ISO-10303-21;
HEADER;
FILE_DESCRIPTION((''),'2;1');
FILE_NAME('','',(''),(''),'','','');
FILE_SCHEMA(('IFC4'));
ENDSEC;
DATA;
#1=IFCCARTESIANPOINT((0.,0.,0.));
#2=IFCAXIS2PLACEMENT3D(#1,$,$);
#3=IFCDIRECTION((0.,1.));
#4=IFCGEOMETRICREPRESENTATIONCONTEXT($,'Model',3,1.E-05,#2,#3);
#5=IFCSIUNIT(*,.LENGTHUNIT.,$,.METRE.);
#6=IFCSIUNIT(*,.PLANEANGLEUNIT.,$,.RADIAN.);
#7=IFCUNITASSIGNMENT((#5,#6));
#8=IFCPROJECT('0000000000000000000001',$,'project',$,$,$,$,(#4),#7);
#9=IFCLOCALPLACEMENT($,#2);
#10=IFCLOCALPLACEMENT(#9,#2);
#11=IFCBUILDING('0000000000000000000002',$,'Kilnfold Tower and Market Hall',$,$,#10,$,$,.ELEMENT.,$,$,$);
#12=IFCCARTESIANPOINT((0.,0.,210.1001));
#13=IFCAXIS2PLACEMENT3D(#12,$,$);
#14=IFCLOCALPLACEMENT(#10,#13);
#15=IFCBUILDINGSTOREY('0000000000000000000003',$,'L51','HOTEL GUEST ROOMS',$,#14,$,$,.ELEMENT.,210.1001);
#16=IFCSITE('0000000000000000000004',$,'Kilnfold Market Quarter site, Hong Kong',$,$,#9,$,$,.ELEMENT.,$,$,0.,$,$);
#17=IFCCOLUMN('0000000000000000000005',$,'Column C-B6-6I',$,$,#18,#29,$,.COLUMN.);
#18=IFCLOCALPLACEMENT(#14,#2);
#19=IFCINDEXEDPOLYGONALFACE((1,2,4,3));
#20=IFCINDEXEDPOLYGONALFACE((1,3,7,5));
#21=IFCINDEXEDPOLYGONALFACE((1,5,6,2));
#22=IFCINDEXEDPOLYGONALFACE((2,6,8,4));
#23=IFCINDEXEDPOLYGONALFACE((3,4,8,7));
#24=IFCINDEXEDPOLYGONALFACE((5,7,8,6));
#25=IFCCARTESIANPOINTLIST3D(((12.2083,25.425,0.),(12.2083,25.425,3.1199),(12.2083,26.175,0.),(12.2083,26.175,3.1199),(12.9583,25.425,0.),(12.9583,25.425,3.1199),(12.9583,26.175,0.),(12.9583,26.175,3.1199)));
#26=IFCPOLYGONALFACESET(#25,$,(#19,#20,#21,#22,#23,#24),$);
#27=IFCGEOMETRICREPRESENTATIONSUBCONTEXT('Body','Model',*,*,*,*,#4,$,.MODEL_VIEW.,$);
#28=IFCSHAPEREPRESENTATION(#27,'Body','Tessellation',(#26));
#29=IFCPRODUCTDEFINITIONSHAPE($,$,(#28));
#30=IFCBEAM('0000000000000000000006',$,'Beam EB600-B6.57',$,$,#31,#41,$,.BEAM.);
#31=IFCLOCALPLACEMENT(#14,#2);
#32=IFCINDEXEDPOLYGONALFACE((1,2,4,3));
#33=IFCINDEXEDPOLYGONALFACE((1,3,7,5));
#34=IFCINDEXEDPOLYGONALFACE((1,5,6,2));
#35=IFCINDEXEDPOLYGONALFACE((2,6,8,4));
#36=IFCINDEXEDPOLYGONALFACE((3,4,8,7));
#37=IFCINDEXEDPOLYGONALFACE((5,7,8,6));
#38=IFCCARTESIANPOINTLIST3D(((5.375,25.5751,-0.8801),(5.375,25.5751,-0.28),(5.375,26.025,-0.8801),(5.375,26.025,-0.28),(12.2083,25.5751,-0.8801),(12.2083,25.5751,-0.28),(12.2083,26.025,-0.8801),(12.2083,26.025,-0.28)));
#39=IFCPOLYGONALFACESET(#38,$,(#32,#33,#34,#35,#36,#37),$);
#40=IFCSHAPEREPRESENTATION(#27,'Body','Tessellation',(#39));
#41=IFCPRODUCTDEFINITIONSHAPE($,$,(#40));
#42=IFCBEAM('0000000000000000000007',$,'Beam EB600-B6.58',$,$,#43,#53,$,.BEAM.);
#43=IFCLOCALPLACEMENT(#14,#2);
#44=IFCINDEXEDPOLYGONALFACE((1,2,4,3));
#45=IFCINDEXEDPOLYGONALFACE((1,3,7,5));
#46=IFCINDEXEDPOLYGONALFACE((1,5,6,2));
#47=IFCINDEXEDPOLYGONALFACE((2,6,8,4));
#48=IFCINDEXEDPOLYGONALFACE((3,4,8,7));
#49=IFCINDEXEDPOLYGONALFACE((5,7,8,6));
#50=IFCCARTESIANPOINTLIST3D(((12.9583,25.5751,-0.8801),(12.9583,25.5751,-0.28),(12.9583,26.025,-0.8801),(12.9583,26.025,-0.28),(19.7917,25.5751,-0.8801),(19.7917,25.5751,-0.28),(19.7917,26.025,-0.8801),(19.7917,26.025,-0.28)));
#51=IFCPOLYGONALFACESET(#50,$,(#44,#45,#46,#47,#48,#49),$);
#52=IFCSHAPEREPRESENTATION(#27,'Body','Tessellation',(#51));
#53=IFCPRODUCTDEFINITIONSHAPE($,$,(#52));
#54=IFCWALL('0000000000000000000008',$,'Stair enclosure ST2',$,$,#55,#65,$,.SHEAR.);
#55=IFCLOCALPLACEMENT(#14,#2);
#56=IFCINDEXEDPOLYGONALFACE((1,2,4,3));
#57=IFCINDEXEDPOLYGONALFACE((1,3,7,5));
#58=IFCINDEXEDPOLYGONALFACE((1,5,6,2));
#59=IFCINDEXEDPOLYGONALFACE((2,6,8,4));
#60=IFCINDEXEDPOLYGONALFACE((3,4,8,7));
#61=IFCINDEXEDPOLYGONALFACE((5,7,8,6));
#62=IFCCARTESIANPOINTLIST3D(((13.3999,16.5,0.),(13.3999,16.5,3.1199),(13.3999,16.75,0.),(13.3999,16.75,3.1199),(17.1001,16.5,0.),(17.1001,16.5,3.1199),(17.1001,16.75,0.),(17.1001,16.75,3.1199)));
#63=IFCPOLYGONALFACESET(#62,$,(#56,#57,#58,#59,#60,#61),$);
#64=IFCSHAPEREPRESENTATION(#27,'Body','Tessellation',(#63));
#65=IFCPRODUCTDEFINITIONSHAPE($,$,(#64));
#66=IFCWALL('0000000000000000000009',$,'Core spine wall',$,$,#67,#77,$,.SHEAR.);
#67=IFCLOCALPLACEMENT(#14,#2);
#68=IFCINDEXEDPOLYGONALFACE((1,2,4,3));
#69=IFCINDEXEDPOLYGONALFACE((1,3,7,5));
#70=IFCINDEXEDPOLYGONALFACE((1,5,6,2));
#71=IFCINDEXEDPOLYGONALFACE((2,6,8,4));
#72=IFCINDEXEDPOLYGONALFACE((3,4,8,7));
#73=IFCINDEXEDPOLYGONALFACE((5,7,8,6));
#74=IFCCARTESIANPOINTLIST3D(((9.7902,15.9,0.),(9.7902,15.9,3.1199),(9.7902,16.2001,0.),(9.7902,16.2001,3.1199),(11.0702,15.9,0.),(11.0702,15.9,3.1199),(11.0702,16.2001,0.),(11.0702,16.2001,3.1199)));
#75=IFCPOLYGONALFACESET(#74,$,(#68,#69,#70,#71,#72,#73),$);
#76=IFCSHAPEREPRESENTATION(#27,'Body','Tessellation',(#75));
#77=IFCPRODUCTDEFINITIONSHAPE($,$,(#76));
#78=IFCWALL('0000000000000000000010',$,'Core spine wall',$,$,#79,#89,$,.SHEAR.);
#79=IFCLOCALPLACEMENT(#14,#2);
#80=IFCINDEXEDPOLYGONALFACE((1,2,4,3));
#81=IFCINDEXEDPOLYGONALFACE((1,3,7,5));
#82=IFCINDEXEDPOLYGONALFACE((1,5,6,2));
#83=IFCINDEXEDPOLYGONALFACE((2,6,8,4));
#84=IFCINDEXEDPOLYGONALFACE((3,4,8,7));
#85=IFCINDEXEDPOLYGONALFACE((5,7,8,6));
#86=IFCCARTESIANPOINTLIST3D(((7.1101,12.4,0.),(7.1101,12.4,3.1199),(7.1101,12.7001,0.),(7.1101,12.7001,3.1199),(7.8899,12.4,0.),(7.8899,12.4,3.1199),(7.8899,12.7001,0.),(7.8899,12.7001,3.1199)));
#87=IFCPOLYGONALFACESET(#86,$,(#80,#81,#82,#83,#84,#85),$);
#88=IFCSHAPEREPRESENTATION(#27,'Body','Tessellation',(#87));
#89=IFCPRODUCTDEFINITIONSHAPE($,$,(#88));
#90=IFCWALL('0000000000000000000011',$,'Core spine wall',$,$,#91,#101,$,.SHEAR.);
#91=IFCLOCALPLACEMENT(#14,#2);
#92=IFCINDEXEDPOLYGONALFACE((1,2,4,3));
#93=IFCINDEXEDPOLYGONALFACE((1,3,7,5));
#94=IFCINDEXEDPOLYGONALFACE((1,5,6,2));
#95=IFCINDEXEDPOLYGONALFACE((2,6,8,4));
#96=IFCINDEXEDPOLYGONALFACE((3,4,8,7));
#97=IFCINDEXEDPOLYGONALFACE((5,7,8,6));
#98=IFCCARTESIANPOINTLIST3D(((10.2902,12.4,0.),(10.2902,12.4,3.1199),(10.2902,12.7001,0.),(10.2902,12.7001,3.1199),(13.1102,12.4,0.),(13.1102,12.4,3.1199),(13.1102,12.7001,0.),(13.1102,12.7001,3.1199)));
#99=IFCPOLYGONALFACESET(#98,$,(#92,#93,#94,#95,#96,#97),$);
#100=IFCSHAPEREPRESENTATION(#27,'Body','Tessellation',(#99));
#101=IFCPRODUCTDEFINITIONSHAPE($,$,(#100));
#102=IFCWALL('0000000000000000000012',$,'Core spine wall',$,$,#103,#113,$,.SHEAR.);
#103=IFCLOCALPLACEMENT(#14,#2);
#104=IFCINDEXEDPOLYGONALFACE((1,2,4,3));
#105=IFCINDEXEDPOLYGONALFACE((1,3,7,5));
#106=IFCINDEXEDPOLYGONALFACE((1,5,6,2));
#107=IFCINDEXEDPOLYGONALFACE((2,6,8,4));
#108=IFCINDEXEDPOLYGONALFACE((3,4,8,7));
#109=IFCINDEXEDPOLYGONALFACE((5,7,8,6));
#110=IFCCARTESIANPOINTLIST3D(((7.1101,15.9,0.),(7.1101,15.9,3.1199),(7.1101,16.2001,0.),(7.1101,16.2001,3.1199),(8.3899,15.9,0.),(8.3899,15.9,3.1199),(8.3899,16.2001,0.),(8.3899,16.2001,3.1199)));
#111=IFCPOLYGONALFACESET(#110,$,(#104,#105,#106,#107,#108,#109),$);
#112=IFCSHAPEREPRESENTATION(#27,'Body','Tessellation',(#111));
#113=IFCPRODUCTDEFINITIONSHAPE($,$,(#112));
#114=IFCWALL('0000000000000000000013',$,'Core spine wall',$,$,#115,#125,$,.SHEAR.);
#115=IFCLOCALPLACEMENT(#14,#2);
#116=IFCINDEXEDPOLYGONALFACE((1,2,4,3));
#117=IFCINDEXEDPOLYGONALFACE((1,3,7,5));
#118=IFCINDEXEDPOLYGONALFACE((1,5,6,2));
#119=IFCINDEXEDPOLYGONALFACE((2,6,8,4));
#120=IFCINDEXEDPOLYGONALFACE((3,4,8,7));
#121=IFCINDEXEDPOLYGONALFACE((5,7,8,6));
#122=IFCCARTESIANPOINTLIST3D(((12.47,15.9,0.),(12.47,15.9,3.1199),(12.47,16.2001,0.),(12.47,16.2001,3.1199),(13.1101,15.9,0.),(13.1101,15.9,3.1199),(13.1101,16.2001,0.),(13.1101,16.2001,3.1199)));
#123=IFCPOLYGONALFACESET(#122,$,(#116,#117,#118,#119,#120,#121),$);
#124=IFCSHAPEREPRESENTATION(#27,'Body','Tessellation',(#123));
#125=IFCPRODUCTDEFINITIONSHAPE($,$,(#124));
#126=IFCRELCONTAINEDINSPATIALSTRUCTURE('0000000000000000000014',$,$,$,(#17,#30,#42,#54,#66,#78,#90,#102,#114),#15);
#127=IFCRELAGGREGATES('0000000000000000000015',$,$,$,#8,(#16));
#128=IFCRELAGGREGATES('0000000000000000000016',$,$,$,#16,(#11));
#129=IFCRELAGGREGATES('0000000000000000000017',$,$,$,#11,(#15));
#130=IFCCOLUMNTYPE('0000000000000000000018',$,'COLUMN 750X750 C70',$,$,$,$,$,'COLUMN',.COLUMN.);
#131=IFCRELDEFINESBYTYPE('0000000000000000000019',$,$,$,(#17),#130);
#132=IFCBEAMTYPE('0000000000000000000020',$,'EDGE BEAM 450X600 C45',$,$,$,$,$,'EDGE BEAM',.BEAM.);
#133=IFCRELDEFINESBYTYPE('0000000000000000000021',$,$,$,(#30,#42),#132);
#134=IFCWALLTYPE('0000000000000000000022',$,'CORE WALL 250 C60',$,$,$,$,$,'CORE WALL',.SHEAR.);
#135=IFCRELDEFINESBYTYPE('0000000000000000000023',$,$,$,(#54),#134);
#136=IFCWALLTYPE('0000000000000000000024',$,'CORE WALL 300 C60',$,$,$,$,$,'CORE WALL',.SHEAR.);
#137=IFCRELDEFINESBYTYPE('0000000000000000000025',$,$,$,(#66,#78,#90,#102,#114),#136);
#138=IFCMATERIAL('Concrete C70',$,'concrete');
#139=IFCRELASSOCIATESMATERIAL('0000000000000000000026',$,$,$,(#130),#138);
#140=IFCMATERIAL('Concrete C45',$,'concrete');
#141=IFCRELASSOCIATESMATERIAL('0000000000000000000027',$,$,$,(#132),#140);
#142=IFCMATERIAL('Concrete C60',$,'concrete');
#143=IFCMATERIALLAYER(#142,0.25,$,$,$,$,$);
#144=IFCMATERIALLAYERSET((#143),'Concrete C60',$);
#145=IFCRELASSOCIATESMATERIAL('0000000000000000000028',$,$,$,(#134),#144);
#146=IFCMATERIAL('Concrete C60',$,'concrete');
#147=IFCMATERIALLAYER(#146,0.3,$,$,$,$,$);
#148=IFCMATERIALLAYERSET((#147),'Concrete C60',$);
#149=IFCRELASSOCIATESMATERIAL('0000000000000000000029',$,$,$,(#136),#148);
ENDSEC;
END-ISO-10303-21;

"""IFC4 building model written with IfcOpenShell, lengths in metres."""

from ifc_helpers import new_model, si_unit, direction, frame, frame_2d, origin, origin_2d, place, context, subcontext, project, spatial, rectangle, extrude, source, transform, mapped, material, layer, layer_set, material_profile, profile_set, type_object, element, save


model = new_model("IFC4")

# Units and contexts
model_context = context("Model", 3, precision=1e-05, world=origin(), true_north=direction((0.0, 1.0)))
body_context = subcontext(model_context, "Body", "Model", "MODEL_VIEW")
ifc_project = project(units=[si_unit("LENGTHUNIT", "METRE"), si_unit("PLANEANGLEUNIT", "RADIAN")], contexts=[model_context])

# Site, building, storey
site_placement = place(None, origin())
site = spatial("IfcSite", under=ifc_project, at=site_placement, Name="Kilnfold Market Quarter site, Hong Kong", CompositionType="ELEMENT", RefElevation=0.0)
building_placement = place(site_placement, origin())
building = spatial("IfcBuilding", under=site, at=building_placement, Name="Kilnfold Tower and Market Hall", CompositionType="ELEMENT")
storey_placement = place(building_placement, frame((0.0, 0.0, 210.1001)))
storey = spatial("IfcBuildingStorey", under=building, at=storey_placement, Name="L51", Description="HOTEL GUEST ROOMS", CompositionType="ELEMENT", Elevation=210.1001)

# Column
ifc_material_1 = material(Name="Concrete C70", Category="concrete")
ifc_material_profile_1 = material_profile(ifc_material_1, rectangle(XDim=0.75, YDim=0.75, at=origin_2d()), Name="RC 750x750")
ifc_profile_set_1 = profile_set([ifc_material_profile_1], Name="Concrete C70")
column_type = type_object("IfcColumnType", Name="COLUMN 750X750 C70", ElementType="COLUMN", PredefinedType="COLUMN", material=ifc_profile_set_1)
shared_shape_1 = source(origin(), body_context, "Body", "SweptSolid", [
    extrude(rectangle(XDim=0.75, YDim=0.75, at=origin_2d()), origin(), (0.0, 0.0, 1.0), 3.1199),
])
column_placement = place(storey_placement, frame((12.5833, 25.8, 0.0), z_axis=(0.0, 0.0, 1.0), x_axis=(1.0, 0.0, 0.0)))
element("IfcColumn", 1, at=column_placement, inside=storey, type_object=column_type, Name="Column C-B6-6I", PredefinedType="COLUMN", context=body_context, shape_type="MappedRepresentation", body=[
    mapped(shared_shape_1, transform((0.0, 0.0, 0.0))),
])

# Beams
ifc_material_2 = material(Name="Concrete C45", Category="concrete")
ifc_material_profile_2 = material_profile(ifc_material_2, rectangle(XDim=0.45, YDim=0.6001, at=origin_2d()), Name="RC 450x600")
ifc_profile_set_2 = profile_set([ifc_material_profile_2], Name="Concrete C45")
beam_type = type_object("IfcBeamType", Name="EDGE BEAM 450X600 C45", ElementType="EDGE BEAM", PredefinedType="BEAM", material=ifc_profile_set_2)
shared_shape_2 = source(origin(), body_context, "Body", "SweptSolid", [
    extrude(rectangle(XDim=0.45, YDim=0.6001, at=origin_2d()), origin(), (0.0, 0.0, 1.0), 6.8333),
])
beam_1_placement = place(storey_placement, frame((5.375, 25.8, -0.5801), z_axis=(1.0, 0.0, 0.0), x_axis=(0.0, 1.0, 0.0)))
element("IfcBeam", 2, at=beam_1_placement, inside=storey, type_object=beam_type, Name="Beam EB600-B6.57", PredefinedType="BEAM", context=body_context, shape_type="MappedRepresentation", body=[
    mapped(shared_shape_2, transform((0.0, 0.0, 0.0))),
])
shared_shape_3 = source(origin(), body_context, "Body", "SweptSolid", [
    extrude(rectangle(XDim=0.45, YDim=0.6001, at=origin_2d()), origin(), (0.0, 0.0, 1.0), 6.8335),
])
beam_2_placement = place(storey_placement, frame((12.9583, 25.8, -0.5801), z_axis=(1.0, 0.0, 0.0), x_axis=(0.0, 1.0, 0.0)))
element("IfcBeam", 3, at=beam_2_placement, inside=storey, type_object=beam_type, Name="Beam EB600-B6.58", PredefinedType="BEAM", context=body_context, shape_type="MappedRepresentation", body=[
    mapped(shared_shape_3, transform((0.0, 0.0, 0.0))),
])

# Walls
ifc_material_3 = material(Name="Concrete C60", Category="concrete")
ifc_layer_1 = layer(ifc_material_3, 0.25)
ifc_layer_set_1 = layer_set([ifc_layer_1], Name="Concrete C60")
wall_type_1 = type_object("IfcWallType", Name="CORE WALL 250 C60", ElementType="CORE WALL", PredefinedType="SHEAR", material=ifc_layer_set_1)
shared_shape_4 = source(origin(), body_context, "Body", "SweptSolid", [
    extrude(rectangle(XDim=3.7002, YDim=0.25, at=frame_2d((1.8501, 0.0))), origin(), (0.0, 0.0, 1.0), 3.1199),
])
wall_1_placement = place(storey_placement, frame((13.3999, 16.625, 0.0), z_axis=(0.0, 0.0, 1.0), x_axis=(1.0, 0.0, 0.0)))
element("IfcWall", 4, at=wall_1_placement, inside=storey, type_object=wall_type_1, Name="Stair enclosure ST2", PredefinedType="SHEAR", context=body_context, shape_type="MappedRepresentation", body=[
    mapped(shared_shape_4, transform((0.0, 0.0, 0.0))),
])
ifc_material_4 = material(Name="Concrete C60", Category="concrete")
ifc_layer_2 = layer(ifc_material_4, 0.3)
ifc_layer_set_2 = layer_set([ifc_layer_2], Name="Concrete C60")
wall_type_2 = type_object("IfcWallType", Name="CORE WALL 300 C60", ElementType="CORE WALL", PredefinedType="SHEAR", material=ifc_layer_set_2)
shared_shape_5 = source(origin(), body_context, "Body", "SweptSolid", [
    extrude(rectangle(XDim=1.28, YDim=0.3, at=frame_2d((0.6401, 0.0))), origin(), (0.0, 0.0, 1.0), 3.1199),
])
wall_2_placement = place(storey_placement, frame((9.79, 16.05, 0.0), z_axis=(0.0, 0.0, 1.0), x_axis=(1.0, 0.0, 0.0)))
element("IfcWall", 5, at=wall_2_placement, inside=storey, type_object=wall_type_2, Name="Core spine wall", PredefinedType="SHEAR", context=body_context, shape_type="MappedRepresentation", body=[
    mapped(shared_shape_5, transform((0.0, 0.0, 0.0))),
])
shared_shape_6 = source(origin(), body_context, "Body", "SweptSolid", [
    extrude(rectangle(XDim=0.7798, YDim=0.3, at=frame_2d((0.3899, 0.0))), origin(), (0.0, 0.0, 1.0), 3.1199),
])
wall_3_placement = place(storey_placement, frame((7.1101, 12.55, 0.0), z_axis=(0.0, 0.0, 1.0), x_axis=(1.0, 0.0, 0.0)))
element("IfcWall", 6, at=wall_3_placement, inside=storey, type_object=wall_type_2, Name="Core spine wall", PredefinedType="SHEAR", context=body_context, shape_type="MappedRepresentation", body=[
    mapped(shared_shape_6, transform((0.0, 0.0, 0.0))),
])
shared_shape_7 = source(origin(), body_context, "Body", "SweptSolid", [
    extrude(rectangle(XDim=2.8201, YDim=0.3, at=frame_2d((1.4102, 0.0))), origin(), (0.0, 0.0, 1.0), 3.1199),
])
wall_4_placement = place(storey_placement, frame((10.29, 12.55, 0.0), z_axis=(0.0, 0.0, 1.0), x_axis=(1.0, 0.0, 0.0)))
element("IfcWall", 7, at=wall_4_placement, inside=storey, type_object=wall_type_2, Name="Core spine wall", PredefinedType="SHEAR", context=body_context, shape_type="MappedRepresentation", body=[
    mapped(shared_shape_7, transform((0.0, 0.0, 0.0))),
])
shared_shape_8 = source(origin(), body_context, "Body", "SweptSolid", [
    extrude(rectangle(XDim=1.2798, YDim=0.3, at=frame_2d((0.6399, 0.0))), origin(), (0.0, 0.0, 1.0), 3.1199),
])
wall_5_placement = place(storey_placement, frame((7.1101, 16.05, 0.0), z_axis=(0.0, 0.0, 1.0), x_axis=(1.0, 0.0, 0.0)))
element("IfcWall", 8, at=wall_5_placement, inside=storey, type_object=wall_type_2, Name="Core spine wall", PredefinedType="SHEAR", context=body_context, shape_type="MappedRepresentation", body=[
    mapped(shared_shape_8, transform((0.0, 0.0, 0.0))),
])
shared_shape_9 = source(origin(), body_context, "Body", "SweptSolid", [
    extrude(rectangle(XDim=0.6401, YDim=0.3, at=frame_2d((0.3201, 0.0))), origin(), (0.0, 0.0, 1.0), 3.1199),
])
wall_6_placement = place(storey_placement, frame((12.47, 16.05, 0.0), z_axis=(0.0, 0.0, 1.0), x_axis=(1.0, 0.0, 0.0)))
element("IfcWall", 9, at=wall_6_placement, inside=storey, type_object=wall_type_2, Name="Core spine wall", PredefinedType="SHEAR", context=body_context, shape_type="MappedRepresentation", body=[
    mapped(shared_shape_9, transform((0.0, 0.0, 0.0))),
])

save(model, "model.ifc")
